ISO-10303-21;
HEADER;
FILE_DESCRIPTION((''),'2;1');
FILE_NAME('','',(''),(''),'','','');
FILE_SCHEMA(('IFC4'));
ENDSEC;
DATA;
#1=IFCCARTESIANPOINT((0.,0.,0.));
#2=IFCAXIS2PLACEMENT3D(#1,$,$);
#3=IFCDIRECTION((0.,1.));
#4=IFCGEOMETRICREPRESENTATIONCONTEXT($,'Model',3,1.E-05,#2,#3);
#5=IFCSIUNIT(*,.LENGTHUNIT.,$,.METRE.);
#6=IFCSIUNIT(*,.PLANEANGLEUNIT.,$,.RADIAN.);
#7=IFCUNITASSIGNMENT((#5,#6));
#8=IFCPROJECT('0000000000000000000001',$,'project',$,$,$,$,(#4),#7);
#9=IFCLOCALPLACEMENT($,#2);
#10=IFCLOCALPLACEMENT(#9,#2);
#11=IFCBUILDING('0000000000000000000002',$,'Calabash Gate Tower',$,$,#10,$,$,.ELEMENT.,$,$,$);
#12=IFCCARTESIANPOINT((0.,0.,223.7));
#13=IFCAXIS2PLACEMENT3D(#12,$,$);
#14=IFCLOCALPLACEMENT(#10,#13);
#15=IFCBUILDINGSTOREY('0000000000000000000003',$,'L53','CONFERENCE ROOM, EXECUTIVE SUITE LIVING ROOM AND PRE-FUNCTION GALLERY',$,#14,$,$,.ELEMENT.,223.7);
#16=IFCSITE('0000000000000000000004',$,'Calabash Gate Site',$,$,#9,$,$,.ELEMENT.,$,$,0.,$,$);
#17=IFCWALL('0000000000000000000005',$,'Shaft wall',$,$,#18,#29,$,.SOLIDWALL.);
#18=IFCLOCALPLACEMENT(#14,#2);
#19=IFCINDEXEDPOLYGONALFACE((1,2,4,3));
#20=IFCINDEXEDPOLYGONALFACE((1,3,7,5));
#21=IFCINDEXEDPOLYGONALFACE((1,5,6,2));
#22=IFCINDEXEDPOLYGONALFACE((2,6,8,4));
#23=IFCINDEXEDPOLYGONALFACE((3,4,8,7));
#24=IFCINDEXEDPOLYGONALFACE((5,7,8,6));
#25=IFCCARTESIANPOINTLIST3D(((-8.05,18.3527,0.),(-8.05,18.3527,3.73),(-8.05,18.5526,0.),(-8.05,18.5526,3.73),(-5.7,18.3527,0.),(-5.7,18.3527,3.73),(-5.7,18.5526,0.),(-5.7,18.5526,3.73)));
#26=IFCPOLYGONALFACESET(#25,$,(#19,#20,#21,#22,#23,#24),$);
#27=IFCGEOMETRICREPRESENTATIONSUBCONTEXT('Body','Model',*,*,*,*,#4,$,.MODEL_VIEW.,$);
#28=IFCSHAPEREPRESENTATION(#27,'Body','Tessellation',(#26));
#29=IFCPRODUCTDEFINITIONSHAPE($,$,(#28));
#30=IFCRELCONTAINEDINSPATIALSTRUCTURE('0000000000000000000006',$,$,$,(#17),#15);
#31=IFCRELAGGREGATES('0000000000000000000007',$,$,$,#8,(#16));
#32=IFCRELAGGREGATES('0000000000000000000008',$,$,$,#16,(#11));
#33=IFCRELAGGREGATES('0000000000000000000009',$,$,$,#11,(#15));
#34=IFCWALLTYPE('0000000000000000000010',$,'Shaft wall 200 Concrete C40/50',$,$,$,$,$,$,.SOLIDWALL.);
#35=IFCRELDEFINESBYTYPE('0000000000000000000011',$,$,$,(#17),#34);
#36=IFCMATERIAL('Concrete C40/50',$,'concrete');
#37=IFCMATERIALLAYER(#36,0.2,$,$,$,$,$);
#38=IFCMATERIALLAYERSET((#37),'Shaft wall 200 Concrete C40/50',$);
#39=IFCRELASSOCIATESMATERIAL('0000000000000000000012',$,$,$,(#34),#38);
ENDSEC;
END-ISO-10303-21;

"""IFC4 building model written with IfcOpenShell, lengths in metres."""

from ifc_helpers import new_model, si_unit, direction, frame, frame_2d, origin, place, context, subcontext, project, spatial, rectangle, extrude, material, layer, layer_set, type_object, element, save


model = new_model("IFC4")

# Units and contexts
model_context = context("Model", 3, precision=1e-05, world=origin(), true_north=direction((0.0, 1.0)))
body_context = subcontext(model_context, "Body", "Model", "MODEL_VIEW")
ifc_project = project(units=[si_unit("LENGTHUNIT", "METRE"), si_unit("PLANEANGLEUNIT", "RADIAN")], contexts=[model_context])

# Site, building, storey
site_placement = place(None, origin())
site = spatial("IfcSite", under=ifc_project, at=site_placement, Name="Calabash Gate Site", CompositionType="ELEMENT", RefElevation=0.0)
building_placement = place(site_placement, origin())
building = spatial("IfcBuilding", under=site, at=building_placement, Name="Calabash Gate Tower", CompositionType="ELEMENT")
storey_placement = place(building_placement, frame((0.0, 0.0, 223.7)))
storey = spatial("IfcBuildingStorey", under=building, at=storey_placement, Name="L53", Description="CONFERENCE ROOM, EXECUTIVE SUITE LIVING ROOM AND PRE-FUNCTION GALLERY", CompositionType="ELEMENT", Elevation=223.7)

# Shared definitions
ifc_material_1 = material(Name="Concrete C40/50", Category="concrete")
ifc_layer_1 = layer(ifc_material_1, 0.2)
ifc_layer_set_1 = layer_set([ifc_layer_1], Name="Shaft wall 200 Concrete C40/50")
wall_type_1 = type_object("IfcWallType", Name="Shaft wall 200 Concrete C40/50", PredefinedType="SOLIDWALL", material=ifc_layer_set_1)

# Wall
wall_1_placement = place(storey_placement, frame((-8.05, 18.4526, 0.0), z_axis=(0.0, 0.0, 1.0), x_axis=(1.0, 0.0, 0.0)))
element("IfcWall", 1, at=wall_1_placement, inside=storey, type_object=wall_type_1, Name="Shaft wall", PredefinedType="SOLIDWALL", context=body_context, shape_type="SweptSolid", body=[
    extrude(rectangle(XDim=2.3501, YDim=0.2, at=frame_2d((1.175, 0.0))), origin(), (0.0, 0.0, 1.0), 3.73),
])

save(model, "model.ifc")
